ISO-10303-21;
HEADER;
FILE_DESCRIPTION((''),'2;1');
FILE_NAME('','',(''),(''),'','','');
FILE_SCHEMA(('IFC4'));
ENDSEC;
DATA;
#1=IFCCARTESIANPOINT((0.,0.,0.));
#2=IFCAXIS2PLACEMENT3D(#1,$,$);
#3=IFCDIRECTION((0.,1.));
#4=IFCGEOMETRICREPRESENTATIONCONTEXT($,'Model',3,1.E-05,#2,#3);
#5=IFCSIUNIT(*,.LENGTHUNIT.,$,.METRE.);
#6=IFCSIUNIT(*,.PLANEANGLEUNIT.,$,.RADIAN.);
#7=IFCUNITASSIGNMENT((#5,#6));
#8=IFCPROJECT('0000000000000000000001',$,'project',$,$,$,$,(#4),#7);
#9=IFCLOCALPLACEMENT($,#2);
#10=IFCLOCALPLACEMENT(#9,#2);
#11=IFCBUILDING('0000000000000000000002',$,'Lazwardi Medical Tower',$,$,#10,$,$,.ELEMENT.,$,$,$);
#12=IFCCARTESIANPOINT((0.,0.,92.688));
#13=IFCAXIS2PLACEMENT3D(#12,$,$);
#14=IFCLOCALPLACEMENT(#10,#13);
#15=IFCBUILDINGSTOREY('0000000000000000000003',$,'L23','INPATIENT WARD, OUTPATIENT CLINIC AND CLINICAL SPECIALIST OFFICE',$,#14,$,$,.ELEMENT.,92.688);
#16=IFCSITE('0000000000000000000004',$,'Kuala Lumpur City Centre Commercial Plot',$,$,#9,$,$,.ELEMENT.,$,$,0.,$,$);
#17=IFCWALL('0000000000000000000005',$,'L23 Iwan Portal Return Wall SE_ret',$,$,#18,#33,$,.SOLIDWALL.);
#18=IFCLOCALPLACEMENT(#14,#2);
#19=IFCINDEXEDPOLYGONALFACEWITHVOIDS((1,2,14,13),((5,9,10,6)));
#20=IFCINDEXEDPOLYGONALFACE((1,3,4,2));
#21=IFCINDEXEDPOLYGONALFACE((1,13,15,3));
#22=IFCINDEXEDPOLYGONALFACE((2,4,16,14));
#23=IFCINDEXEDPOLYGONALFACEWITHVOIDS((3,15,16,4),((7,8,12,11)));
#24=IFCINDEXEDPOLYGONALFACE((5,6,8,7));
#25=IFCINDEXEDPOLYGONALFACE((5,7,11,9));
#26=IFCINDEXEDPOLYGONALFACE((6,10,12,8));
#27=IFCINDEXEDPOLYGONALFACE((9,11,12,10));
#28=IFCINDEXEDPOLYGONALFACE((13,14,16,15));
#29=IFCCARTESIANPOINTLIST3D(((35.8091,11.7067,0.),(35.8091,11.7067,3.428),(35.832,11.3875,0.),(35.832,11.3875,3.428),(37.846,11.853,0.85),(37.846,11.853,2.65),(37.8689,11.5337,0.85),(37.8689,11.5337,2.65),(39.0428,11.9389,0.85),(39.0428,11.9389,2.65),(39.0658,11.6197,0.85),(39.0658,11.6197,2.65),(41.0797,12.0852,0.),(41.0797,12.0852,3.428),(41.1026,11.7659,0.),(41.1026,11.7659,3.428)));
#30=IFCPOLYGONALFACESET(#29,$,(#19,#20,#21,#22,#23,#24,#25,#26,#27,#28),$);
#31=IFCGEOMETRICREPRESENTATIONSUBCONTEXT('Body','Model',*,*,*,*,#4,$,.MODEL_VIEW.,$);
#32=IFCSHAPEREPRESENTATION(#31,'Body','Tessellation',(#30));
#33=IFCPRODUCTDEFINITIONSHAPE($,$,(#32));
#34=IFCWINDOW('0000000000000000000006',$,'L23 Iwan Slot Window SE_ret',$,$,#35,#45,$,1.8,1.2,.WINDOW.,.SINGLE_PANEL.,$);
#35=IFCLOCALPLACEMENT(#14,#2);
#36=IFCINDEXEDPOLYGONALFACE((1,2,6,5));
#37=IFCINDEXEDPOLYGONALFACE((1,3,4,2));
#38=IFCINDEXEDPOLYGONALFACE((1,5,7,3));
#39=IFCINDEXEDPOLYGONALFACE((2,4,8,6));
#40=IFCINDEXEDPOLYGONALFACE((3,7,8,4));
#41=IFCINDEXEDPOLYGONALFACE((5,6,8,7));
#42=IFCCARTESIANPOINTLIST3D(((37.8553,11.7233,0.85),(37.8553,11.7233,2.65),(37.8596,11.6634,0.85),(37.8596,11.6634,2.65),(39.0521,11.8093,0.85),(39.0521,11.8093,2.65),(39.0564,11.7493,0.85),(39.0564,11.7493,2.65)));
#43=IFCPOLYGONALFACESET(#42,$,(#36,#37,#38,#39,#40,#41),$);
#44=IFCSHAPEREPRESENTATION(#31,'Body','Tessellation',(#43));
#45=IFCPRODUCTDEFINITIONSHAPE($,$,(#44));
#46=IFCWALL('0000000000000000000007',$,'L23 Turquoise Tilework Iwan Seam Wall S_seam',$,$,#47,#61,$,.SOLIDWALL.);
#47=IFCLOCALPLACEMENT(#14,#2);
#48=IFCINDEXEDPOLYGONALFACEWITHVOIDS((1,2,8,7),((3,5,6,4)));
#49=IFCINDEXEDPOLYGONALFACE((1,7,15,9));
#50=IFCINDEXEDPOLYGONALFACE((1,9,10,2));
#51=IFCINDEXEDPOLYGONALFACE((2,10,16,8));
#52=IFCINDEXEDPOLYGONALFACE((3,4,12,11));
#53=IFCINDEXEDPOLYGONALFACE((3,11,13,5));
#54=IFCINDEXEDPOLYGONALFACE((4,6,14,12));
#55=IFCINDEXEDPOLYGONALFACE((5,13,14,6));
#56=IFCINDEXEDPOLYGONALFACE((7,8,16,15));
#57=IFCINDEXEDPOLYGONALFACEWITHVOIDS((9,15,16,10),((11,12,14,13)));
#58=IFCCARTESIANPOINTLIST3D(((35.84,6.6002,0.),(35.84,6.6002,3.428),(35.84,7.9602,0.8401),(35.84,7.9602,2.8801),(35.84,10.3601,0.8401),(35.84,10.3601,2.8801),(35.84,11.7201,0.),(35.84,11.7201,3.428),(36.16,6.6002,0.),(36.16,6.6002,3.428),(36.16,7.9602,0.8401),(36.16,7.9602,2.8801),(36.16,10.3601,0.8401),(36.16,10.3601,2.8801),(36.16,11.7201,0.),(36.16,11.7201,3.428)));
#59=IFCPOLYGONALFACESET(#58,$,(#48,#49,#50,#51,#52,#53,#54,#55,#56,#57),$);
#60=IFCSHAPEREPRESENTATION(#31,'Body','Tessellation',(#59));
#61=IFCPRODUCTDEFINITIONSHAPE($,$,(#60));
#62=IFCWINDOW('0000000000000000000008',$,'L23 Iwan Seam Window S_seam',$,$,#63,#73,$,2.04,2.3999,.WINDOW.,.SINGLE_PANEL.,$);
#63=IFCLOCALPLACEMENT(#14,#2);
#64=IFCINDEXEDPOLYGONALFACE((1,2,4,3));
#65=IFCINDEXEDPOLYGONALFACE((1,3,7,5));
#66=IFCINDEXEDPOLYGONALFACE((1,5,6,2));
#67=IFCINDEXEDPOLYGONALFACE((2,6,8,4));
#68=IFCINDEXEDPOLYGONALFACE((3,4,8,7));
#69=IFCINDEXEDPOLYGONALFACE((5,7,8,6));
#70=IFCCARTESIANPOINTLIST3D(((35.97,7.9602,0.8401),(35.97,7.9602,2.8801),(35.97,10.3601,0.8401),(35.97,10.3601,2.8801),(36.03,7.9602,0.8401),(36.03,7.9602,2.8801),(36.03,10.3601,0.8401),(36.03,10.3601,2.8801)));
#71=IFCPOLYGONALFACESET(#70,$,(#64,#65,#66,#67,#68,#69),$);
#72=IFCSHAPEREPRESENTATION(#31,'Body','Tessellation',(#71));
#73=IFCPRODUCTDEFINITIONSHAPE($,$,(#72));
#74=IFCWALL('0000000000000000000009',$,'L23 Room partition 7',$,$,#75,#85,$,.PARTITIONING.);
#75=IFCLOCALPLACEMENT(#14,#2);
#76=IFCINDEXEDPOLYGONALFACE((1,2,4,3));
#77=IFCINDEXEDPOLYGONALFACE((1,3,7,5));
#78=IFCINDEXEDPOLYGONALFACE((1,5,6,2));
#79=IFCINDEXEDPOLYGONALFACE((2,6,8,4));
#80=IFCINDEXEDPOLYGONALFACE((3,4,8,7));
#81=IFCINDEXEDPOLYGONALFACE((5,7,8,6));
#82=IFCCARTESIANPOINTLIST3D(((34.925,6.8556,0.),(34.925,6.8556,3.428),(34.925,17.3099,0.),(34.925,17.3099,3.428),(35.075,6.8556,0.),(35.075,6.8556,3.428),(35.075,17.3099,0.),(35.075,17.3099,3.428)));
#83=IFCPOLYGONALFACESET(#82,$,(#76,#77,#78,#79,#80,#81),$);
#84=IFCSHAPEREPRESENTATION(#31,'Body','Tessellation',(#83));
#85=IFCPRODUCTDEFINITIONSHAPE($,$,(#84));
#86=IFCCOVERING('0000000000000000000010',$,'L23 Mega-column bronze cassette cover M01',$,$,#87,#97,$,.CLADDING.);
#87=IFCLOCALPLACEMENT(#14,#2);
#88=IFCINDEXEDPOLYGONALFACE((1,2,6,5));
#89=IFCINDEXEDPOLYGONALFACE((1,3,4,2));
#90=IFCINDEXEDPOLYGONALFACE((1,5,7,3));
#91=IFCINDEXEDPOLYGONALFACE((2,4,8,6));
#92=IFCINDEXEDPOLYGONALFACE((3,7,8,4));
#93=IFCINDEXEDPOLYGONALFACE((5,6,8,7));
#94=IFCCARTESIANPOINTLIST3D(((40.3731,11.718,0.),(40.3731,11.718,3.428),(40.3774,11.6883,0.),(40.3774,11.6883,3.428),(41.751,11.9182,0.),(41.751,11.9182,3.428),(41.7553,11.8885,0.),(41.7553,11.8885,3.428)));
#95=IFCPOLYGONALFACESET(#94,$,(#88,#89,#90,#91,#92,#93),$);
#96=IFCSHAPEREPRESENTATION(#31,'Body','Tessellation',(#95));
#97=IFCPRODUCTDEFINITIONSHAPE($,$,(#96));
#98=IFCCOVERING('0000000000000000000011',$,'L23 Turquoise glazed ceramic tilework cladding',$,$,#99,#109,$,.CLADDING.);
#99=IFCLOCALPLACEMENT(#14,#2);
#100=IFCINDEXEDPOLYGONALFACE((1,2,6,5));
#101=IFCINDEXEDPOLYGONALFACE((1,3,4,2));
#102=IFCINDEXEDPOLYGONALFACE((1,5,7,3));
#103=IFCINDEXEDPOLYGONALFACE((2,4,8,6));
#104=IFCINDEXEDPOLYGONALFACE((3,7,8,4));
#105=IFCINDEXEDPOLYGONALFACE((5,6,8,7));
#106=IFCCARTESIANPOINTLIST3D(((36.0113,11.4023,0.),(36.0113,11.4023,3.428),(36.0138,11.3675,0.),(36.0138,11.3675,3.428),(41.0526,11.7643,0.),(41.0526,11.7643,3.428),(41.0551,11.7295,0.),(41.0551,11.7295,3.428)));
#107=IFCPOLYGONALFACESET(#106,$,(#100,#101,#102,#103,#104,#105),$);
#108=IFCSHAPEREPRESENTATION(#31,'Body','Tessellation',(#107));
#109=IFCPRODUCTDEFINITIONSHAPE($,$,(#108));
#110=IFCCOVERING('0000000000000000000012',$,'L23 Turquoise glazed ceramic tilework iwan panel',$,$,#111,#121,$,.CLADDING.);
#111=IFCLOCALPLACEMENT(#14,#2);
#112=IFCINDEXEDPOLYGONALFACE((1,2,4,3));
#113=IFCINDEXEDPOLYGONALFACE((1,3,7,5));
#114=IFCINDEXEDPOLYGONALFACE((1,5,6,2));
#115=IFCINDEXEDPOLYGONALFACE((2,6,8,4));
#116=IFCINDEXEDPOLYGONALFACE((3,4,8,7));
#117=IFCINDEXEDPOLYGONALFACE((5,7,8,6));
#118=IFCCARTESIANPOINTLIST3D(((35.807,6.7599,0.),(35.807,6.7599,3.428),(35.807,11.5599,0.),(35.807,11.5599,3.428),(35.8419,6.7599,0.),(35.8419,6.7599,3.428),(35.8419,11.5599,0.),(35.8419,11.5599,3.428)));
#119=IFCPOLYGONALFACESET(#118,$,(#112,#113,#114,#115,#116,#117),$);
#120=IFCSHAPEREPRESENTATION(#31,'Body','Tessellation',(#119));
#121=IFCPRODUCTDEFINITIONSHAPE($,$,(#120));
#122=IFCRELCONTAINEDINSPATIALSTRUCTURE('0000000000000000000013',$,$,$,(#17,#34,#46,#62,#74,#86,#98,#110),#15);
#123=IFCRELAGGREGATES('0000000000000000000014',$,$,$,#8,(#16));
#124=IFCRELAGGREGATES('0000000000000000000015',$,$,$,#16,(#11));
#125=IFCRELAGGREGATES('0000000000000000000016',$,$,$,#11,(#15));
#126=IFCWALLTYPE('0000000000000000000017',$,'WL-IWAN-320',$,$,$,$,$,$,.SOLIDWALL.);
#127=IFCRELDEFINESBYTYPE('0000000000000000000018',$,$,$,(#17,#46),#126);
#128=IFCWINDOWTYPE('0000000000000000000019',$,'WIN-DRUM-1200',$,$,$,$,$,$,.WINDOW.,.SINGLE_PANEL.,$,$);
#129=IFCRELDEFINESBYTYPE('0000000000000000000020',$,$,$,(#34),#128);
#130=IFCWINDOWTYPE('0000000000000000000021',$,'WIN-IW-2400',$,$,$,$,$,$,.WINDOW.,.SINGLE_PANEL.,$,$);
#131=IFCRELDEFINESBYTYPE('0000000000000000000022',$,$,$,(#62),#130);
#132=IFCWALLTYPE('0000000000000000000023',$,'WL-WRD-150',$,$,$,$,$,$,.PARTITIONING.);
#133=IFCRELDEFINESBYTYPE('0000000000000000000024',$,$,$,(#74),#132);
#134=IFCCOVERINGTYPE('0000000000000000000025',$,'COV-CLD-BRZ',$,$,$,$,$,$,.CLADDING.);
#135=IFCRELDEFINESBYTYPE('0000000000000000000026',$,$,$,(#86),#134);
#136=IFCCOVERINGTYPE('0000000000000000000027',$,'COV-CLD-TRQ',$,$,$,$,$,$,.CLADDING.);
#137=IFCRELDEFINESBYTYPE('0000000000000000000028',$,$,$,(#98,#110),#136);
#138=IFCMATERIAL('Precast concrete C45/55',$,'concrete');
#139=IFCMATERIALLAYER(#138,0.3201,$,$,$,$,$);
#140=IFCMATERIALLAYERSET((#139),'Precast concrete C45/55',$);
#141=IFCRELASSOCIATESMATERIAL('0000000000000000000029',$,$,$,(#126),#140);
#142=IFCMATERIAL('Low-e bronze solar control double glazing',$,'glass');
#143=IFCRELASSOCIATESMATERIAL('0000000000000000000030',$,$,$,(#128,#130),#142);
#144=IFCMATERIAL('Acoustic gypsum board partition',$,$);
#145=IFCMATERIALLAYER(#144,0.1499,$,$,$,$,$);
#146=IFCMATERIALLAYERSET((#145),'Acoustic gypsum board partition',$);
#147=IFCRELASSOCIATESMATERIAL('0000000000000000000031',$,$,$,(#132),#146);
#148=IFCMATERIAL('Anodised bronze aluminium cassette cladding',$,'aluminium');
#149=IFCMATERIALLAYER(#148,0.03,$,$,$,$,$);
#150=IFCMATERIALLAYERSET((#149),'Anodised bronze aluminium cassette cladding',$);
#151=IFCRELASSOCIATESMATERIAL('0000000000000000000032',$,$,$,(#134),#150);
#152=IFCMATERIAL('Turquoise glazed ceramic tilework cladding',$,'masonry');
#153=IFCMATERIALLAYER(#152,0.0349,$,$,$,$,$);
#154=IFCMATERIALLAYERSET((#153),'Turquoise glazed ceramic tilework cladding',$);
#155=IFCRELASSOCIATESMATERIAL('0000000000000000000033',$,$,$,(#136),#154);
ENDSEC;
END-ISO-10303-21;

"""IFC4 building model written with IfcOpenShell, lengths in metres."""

from ifc_helpers import new_model, si_unit, direction, frame, frame_2d, origin, origin_2d, place, context, subcontext, project, spatial, rectangle, extrude, material, layer, layer_set, type_object, element, fill, save


model = new_model("IFC4")

# Units and contexts
model_context = context("Model", 3, precision=1e-05, world=origin(), true_north=direction((0.0, 1.0)))
body_context = subcontext(model_context, "Body", "Model", "MODEL_VIEW")
ifc_project = project(units=[si_unit("LENGTHUNIT", "METRE"), si_unit("PLANEANGLEUNIT", "RADIAN")], contexts=[model_context])

# Site, building, storey
site_placement = place(None, origin())
site = spatial("IfcSite", under=ifc_project, at=site_placement, Name="Kuala Lumpur City Centre Commercial Plot", CompositionType="ELEMENT", RefElevation=0.0)
building_placement = place(site_placement, origin())
building = spatial("IfcBuilding", under=site, at=building_placement, Name="Lazwardi Medical Tower", CompositionType="ELEMENT")
storey_placement = place(building_placement, frame((0.0, 0.0, 92.688)))
storey = spatial("IfcBuildingStorey", under=building, at=storey_placement, Name="L23", Description="INPATIENT WARD, OUTPATIENT CLINIC AND CLINICAL SPECIALIST OFFICE", CompositionType="ELEMENT", Elevation=92.688)

# Shared definitions
ifc_material_1 = material(Name="Low-e bronze solar control double glazing", Category="glass")

# Walls, openings, windows
ifc_material_2 = material(Name="Precast concrete C45/55", Category="concrete")
ifc_layer_1 = layer(ifc_material_2, 0.3201)
ifc_layer_set_1 = layer_set([ifc_layer_1], Name="Precast concrete C45/55")
wall_type_1 = type_object("IfcWallType", Name="WL-IWAN-320", PredefinedType="SOLIDWALL", material=ifc_layer_set_1)
wall_1_placement = place(storey_placement, frame((35.8206, 11.5471, 0.0), z_axis=(0.0, 0.0, 1.0), x_axis=(0.997432, 0.071615, 0.0)))
wall_1 = element("IfcWall", 1, at=wall_1_placement, inside=storey, type_object=wall_type_1, Name="L23 Iwan Portal Return Wall SE_ret", PredefinedType="SOLIDWALL", context=body_context, shape_type="SweptSolid", body=[
    extrude(rectangle(XDim=5.2842, YDim=0.3201, at=frame_2d((2.6421, 0.0))), origin(), (0.0, 0.0, 1.0), 3.428),
])
opening_1_placement = place(wall_1_placement, frame((2.042, 0.0, 0.8501)))
opening_1 = element("IfcOpeningElement", 2, at=opening_1_placement, cuts=wall_1, PredefinedType="OPENING", context=body_context, shape_type="SweptSolid", body=[
    extrude(rectangle(XDim=1.2, YDim=1.8, at=frame_2d((0.6001, 0.8999))), frame((0.0, 0.1699, 0.0), z_axis=(0.0, -1.0, 0.0), x_axis=(1.0, 0.0, 0.0)), (0.0, 0.0, 1.0), 0.3401),
])
window_type_1 = type_object("IfcWindowType", Name="WIN-DRUM-1200", PartitioningType="SINGLE_PANEL", PredefinedType="WINDOW", material=ifc_material_1)
window_1_placement = place(opening_1_placement, origin())
window_1 = element("IfcWindow", 3, at=window_1_placement, inside=storey, type_object=window_type_1, Name="L23 Iwan Slot Window SE_ret", OverallHeight=1.8, OverallWidth=1.2, PartitioningType="SINGLE_PANEL", PredefinedType="WINDOW", context=body_context, shape_type="SweptSolid", body=[
    extrude(rectangle(XDim=1.2, YDim=1.8, at=frame_2d((0.6001, 0.8999))), frame((0.0, 0.03, 0.0), z_axis=(0.0, -1.0, 0.0), x_axis=(1.0, 0.0, 0.0)), (0.0, 0.0, 1.0), 0.0601),
])
fill(opening_1, window_1)
wall_2_placement = place(storey_placement, frame((36.0, 6.6001, 0.0), z_axis=(0.0, 0.0, 1.0), x_axis=(0.0, 1.0, 0.0)))
wall_2 = element("IfcWall", 4, at=wall_2_placement, inside=storey, type_object=wall_type_1, Name="L23 Turquoise Tilework Iwan Seam Wall S_seam", PredefinedType="SOLIDWALL", context=body_context, shape_type="SweptSolid", body=[
    extrude(rectangle(XDim=5.1199, YDim=0.3201, at=frame_2d((2.5601, 0.0))), origin(), (0.0, 0.0, 1.0), 3.428),
])
opening_2_placement = place(wall_2_placement, frame((1.3601, 0.0, 0.8401)))
opening_2 = element("IfcOpeningElement", 5, at=opening_2_placement, cuts=wall_2, PredefinedType="OPENING", context=body_context, shape_type="SweptSolid", body=[
    extrude(rectangle(XDim=2.3999, YDim=2.04, at=frame_2d((1.2, 1.02))), frame((0.0, 0.1699, 0.0), z_axis=(0.0, -1.0, 0.0), x_axis=(1.0, 0.0, 0.0)), (0.0, 0.0, 1.0), 0.3401),
])
window_type_2 = type_object("IfcWindowType", Name="WIN-IW-2400", PartitioningType="SINGLE_PANEL", PredefinedType="WINDOW", material=ifc_material_1)
window_2_placement = place(opening_2_placement, origin())
window_2 = element("IfcWindow", 6, at=window_2_placement, inside=storey, type_object=window_type_2, Name="L23 Iwan Seam Window S_seam", OverallHeight=2.04, OverallWidth=2.3999, PartitioningType="SINGLE_PANEL", PredefinedType="WINDOW", context=body_context, shape_type="SweptSolid", body=[
    extrude(rectangle(XDim=2.3999, YDim=2.04, at=frame_2d((1.2, 1.02))), frame((0.0, 0.03, 0.0), z_axis=(0.0, -1.0, 0.0), x_axis=(1.0, 0.0, 0.0)), (0.0, 0.0, 1.0), 0.0601),
])
fill(opening_2, window_2)

# Wall
ifc_material_3 = material(Name="Acoustic gypsum board partition")
ifc_layer_2 = layer(ifc_material_3, 0.1499)
ifc_layer_set_2 = layer_set([ifc_layer_2], Name="Acoustic gypsum board partition")
wall_type_2 = type_object("IfcWallType", Name="WL-WRD-150", PredefinedType="PARTITIONING", material=ifc_layer_set_2)
wall_3_placement = place(storey_placement, frame((35.0, 6.8557, 0.0), z_axis=(0.0, 0.0, 1.0), x_axis=(0.0, 1.0, 0.0)))
element("IfcWall", 7, at=wall_3_placement, inside=storey, type_object=wall_type_2, Name="L23 Room partition 7", PredefinedType="PARTITIONING", context=body_context, shape_type="SweptSolid", body=[
    extrude(rectangle(XDim=10.4543, YDim=0.1499, at=frame_2d((5.2271, 0.0))), origin(), (0.0, 0.0, 1.0), 3.428),
])

# Coverings
ifc_material_4 = material(Name="Anodised bronze aluminium cassette cladding", Category="aluminium")
ifc_layer_3 = layer(ifc_material_4, 0.03)
ifc_layer_set_3 = layer_set([ifc_layer_3], Name="Anodised bronze aluminium cassette cladding")
covering_type_1 = type_object("IfcCoveringType", Name="COV-CLD-BRZ", PredefinedType="CLADDING", material=ifc_layer_set_3)
covering_1_placement = place(storey_placement, frame((41.0642, 11.8032, 0.0), z_axis=(0.0, 0.0, 1.0), x_axis=(0.989609, 0.143785, 0.0)))
element("IfcCovering", 8, at=covering_1_placement, inside=storey, type_object=covering_type_1, Name="L23 Mega-column bronze cassette cover M01", PredefinedType="CLADDING", context=body_context, shape_type="SweptSolid", body=[
    extrude(rectangle(XDim=1.3923, YDim=0.03, at=origin_2d()), origin(), (0.0, 0.0, 1.0), 3.428),
])
ifc_material_5 = material(Name="Turquoise glazed ceramic tilework cladding", Category="masonry")
ifc_layer_4 = layer(ifc_material_5, 0.0349)
ifc_layer_set_4 = layer_set([ifc_layer_4], Name="Turquoise glazed ceramic tilework cladding")
covering_type_2 = type_object("IfcCoveringType", Name="COV-CLD-TRQ", PredefinedType="CLADDING", material=ifc_layer_set_4)
covering_2_placement = place(storey_placement, frame((38.5332, 11.5659, 0.0), z_axis=(0.0, 0.0, 1.0), x_axis=(0.997432, 0.071625, 0.0)))
element("IfcCovering", 9, at=covering_2_placement, inside=storey, type_object=covering_type_2, Name="L23 Turquoise glazed ceramic tilework cladding", PredefinedType="CLADDING", context=body_context, shape_type="SweptSolid", body=[
    extrude(rectangle(XDim=5.0542, YDim=0.0349, at=origin_2d()), origin(), (0.0, 0.0, 1.0), 3.428),
])
covering_3_placement = place(storey_placement, frame((35.8245, 9.1599, 0.0), z_axis=(0.0, 0.0, 1.0), x_axis=(0.0, 1.0, 0.0)))
element("IfcCovering", 10, at=covering_3_placement, inside=storey, type_object=covering_type_2, Name="L23 Turquoise glazed ceramic tilework iwan panel", PredefinedType="CLADDING", context=body_context, shape_type="SweptSolid", body=[
    extrude(rectangle(XDim=4.8, YDim=0.0349, at=origin_2d()), origin(), (0.0, 0.0, 1.0), 3.428),
])

save(model, "model.ifc")
